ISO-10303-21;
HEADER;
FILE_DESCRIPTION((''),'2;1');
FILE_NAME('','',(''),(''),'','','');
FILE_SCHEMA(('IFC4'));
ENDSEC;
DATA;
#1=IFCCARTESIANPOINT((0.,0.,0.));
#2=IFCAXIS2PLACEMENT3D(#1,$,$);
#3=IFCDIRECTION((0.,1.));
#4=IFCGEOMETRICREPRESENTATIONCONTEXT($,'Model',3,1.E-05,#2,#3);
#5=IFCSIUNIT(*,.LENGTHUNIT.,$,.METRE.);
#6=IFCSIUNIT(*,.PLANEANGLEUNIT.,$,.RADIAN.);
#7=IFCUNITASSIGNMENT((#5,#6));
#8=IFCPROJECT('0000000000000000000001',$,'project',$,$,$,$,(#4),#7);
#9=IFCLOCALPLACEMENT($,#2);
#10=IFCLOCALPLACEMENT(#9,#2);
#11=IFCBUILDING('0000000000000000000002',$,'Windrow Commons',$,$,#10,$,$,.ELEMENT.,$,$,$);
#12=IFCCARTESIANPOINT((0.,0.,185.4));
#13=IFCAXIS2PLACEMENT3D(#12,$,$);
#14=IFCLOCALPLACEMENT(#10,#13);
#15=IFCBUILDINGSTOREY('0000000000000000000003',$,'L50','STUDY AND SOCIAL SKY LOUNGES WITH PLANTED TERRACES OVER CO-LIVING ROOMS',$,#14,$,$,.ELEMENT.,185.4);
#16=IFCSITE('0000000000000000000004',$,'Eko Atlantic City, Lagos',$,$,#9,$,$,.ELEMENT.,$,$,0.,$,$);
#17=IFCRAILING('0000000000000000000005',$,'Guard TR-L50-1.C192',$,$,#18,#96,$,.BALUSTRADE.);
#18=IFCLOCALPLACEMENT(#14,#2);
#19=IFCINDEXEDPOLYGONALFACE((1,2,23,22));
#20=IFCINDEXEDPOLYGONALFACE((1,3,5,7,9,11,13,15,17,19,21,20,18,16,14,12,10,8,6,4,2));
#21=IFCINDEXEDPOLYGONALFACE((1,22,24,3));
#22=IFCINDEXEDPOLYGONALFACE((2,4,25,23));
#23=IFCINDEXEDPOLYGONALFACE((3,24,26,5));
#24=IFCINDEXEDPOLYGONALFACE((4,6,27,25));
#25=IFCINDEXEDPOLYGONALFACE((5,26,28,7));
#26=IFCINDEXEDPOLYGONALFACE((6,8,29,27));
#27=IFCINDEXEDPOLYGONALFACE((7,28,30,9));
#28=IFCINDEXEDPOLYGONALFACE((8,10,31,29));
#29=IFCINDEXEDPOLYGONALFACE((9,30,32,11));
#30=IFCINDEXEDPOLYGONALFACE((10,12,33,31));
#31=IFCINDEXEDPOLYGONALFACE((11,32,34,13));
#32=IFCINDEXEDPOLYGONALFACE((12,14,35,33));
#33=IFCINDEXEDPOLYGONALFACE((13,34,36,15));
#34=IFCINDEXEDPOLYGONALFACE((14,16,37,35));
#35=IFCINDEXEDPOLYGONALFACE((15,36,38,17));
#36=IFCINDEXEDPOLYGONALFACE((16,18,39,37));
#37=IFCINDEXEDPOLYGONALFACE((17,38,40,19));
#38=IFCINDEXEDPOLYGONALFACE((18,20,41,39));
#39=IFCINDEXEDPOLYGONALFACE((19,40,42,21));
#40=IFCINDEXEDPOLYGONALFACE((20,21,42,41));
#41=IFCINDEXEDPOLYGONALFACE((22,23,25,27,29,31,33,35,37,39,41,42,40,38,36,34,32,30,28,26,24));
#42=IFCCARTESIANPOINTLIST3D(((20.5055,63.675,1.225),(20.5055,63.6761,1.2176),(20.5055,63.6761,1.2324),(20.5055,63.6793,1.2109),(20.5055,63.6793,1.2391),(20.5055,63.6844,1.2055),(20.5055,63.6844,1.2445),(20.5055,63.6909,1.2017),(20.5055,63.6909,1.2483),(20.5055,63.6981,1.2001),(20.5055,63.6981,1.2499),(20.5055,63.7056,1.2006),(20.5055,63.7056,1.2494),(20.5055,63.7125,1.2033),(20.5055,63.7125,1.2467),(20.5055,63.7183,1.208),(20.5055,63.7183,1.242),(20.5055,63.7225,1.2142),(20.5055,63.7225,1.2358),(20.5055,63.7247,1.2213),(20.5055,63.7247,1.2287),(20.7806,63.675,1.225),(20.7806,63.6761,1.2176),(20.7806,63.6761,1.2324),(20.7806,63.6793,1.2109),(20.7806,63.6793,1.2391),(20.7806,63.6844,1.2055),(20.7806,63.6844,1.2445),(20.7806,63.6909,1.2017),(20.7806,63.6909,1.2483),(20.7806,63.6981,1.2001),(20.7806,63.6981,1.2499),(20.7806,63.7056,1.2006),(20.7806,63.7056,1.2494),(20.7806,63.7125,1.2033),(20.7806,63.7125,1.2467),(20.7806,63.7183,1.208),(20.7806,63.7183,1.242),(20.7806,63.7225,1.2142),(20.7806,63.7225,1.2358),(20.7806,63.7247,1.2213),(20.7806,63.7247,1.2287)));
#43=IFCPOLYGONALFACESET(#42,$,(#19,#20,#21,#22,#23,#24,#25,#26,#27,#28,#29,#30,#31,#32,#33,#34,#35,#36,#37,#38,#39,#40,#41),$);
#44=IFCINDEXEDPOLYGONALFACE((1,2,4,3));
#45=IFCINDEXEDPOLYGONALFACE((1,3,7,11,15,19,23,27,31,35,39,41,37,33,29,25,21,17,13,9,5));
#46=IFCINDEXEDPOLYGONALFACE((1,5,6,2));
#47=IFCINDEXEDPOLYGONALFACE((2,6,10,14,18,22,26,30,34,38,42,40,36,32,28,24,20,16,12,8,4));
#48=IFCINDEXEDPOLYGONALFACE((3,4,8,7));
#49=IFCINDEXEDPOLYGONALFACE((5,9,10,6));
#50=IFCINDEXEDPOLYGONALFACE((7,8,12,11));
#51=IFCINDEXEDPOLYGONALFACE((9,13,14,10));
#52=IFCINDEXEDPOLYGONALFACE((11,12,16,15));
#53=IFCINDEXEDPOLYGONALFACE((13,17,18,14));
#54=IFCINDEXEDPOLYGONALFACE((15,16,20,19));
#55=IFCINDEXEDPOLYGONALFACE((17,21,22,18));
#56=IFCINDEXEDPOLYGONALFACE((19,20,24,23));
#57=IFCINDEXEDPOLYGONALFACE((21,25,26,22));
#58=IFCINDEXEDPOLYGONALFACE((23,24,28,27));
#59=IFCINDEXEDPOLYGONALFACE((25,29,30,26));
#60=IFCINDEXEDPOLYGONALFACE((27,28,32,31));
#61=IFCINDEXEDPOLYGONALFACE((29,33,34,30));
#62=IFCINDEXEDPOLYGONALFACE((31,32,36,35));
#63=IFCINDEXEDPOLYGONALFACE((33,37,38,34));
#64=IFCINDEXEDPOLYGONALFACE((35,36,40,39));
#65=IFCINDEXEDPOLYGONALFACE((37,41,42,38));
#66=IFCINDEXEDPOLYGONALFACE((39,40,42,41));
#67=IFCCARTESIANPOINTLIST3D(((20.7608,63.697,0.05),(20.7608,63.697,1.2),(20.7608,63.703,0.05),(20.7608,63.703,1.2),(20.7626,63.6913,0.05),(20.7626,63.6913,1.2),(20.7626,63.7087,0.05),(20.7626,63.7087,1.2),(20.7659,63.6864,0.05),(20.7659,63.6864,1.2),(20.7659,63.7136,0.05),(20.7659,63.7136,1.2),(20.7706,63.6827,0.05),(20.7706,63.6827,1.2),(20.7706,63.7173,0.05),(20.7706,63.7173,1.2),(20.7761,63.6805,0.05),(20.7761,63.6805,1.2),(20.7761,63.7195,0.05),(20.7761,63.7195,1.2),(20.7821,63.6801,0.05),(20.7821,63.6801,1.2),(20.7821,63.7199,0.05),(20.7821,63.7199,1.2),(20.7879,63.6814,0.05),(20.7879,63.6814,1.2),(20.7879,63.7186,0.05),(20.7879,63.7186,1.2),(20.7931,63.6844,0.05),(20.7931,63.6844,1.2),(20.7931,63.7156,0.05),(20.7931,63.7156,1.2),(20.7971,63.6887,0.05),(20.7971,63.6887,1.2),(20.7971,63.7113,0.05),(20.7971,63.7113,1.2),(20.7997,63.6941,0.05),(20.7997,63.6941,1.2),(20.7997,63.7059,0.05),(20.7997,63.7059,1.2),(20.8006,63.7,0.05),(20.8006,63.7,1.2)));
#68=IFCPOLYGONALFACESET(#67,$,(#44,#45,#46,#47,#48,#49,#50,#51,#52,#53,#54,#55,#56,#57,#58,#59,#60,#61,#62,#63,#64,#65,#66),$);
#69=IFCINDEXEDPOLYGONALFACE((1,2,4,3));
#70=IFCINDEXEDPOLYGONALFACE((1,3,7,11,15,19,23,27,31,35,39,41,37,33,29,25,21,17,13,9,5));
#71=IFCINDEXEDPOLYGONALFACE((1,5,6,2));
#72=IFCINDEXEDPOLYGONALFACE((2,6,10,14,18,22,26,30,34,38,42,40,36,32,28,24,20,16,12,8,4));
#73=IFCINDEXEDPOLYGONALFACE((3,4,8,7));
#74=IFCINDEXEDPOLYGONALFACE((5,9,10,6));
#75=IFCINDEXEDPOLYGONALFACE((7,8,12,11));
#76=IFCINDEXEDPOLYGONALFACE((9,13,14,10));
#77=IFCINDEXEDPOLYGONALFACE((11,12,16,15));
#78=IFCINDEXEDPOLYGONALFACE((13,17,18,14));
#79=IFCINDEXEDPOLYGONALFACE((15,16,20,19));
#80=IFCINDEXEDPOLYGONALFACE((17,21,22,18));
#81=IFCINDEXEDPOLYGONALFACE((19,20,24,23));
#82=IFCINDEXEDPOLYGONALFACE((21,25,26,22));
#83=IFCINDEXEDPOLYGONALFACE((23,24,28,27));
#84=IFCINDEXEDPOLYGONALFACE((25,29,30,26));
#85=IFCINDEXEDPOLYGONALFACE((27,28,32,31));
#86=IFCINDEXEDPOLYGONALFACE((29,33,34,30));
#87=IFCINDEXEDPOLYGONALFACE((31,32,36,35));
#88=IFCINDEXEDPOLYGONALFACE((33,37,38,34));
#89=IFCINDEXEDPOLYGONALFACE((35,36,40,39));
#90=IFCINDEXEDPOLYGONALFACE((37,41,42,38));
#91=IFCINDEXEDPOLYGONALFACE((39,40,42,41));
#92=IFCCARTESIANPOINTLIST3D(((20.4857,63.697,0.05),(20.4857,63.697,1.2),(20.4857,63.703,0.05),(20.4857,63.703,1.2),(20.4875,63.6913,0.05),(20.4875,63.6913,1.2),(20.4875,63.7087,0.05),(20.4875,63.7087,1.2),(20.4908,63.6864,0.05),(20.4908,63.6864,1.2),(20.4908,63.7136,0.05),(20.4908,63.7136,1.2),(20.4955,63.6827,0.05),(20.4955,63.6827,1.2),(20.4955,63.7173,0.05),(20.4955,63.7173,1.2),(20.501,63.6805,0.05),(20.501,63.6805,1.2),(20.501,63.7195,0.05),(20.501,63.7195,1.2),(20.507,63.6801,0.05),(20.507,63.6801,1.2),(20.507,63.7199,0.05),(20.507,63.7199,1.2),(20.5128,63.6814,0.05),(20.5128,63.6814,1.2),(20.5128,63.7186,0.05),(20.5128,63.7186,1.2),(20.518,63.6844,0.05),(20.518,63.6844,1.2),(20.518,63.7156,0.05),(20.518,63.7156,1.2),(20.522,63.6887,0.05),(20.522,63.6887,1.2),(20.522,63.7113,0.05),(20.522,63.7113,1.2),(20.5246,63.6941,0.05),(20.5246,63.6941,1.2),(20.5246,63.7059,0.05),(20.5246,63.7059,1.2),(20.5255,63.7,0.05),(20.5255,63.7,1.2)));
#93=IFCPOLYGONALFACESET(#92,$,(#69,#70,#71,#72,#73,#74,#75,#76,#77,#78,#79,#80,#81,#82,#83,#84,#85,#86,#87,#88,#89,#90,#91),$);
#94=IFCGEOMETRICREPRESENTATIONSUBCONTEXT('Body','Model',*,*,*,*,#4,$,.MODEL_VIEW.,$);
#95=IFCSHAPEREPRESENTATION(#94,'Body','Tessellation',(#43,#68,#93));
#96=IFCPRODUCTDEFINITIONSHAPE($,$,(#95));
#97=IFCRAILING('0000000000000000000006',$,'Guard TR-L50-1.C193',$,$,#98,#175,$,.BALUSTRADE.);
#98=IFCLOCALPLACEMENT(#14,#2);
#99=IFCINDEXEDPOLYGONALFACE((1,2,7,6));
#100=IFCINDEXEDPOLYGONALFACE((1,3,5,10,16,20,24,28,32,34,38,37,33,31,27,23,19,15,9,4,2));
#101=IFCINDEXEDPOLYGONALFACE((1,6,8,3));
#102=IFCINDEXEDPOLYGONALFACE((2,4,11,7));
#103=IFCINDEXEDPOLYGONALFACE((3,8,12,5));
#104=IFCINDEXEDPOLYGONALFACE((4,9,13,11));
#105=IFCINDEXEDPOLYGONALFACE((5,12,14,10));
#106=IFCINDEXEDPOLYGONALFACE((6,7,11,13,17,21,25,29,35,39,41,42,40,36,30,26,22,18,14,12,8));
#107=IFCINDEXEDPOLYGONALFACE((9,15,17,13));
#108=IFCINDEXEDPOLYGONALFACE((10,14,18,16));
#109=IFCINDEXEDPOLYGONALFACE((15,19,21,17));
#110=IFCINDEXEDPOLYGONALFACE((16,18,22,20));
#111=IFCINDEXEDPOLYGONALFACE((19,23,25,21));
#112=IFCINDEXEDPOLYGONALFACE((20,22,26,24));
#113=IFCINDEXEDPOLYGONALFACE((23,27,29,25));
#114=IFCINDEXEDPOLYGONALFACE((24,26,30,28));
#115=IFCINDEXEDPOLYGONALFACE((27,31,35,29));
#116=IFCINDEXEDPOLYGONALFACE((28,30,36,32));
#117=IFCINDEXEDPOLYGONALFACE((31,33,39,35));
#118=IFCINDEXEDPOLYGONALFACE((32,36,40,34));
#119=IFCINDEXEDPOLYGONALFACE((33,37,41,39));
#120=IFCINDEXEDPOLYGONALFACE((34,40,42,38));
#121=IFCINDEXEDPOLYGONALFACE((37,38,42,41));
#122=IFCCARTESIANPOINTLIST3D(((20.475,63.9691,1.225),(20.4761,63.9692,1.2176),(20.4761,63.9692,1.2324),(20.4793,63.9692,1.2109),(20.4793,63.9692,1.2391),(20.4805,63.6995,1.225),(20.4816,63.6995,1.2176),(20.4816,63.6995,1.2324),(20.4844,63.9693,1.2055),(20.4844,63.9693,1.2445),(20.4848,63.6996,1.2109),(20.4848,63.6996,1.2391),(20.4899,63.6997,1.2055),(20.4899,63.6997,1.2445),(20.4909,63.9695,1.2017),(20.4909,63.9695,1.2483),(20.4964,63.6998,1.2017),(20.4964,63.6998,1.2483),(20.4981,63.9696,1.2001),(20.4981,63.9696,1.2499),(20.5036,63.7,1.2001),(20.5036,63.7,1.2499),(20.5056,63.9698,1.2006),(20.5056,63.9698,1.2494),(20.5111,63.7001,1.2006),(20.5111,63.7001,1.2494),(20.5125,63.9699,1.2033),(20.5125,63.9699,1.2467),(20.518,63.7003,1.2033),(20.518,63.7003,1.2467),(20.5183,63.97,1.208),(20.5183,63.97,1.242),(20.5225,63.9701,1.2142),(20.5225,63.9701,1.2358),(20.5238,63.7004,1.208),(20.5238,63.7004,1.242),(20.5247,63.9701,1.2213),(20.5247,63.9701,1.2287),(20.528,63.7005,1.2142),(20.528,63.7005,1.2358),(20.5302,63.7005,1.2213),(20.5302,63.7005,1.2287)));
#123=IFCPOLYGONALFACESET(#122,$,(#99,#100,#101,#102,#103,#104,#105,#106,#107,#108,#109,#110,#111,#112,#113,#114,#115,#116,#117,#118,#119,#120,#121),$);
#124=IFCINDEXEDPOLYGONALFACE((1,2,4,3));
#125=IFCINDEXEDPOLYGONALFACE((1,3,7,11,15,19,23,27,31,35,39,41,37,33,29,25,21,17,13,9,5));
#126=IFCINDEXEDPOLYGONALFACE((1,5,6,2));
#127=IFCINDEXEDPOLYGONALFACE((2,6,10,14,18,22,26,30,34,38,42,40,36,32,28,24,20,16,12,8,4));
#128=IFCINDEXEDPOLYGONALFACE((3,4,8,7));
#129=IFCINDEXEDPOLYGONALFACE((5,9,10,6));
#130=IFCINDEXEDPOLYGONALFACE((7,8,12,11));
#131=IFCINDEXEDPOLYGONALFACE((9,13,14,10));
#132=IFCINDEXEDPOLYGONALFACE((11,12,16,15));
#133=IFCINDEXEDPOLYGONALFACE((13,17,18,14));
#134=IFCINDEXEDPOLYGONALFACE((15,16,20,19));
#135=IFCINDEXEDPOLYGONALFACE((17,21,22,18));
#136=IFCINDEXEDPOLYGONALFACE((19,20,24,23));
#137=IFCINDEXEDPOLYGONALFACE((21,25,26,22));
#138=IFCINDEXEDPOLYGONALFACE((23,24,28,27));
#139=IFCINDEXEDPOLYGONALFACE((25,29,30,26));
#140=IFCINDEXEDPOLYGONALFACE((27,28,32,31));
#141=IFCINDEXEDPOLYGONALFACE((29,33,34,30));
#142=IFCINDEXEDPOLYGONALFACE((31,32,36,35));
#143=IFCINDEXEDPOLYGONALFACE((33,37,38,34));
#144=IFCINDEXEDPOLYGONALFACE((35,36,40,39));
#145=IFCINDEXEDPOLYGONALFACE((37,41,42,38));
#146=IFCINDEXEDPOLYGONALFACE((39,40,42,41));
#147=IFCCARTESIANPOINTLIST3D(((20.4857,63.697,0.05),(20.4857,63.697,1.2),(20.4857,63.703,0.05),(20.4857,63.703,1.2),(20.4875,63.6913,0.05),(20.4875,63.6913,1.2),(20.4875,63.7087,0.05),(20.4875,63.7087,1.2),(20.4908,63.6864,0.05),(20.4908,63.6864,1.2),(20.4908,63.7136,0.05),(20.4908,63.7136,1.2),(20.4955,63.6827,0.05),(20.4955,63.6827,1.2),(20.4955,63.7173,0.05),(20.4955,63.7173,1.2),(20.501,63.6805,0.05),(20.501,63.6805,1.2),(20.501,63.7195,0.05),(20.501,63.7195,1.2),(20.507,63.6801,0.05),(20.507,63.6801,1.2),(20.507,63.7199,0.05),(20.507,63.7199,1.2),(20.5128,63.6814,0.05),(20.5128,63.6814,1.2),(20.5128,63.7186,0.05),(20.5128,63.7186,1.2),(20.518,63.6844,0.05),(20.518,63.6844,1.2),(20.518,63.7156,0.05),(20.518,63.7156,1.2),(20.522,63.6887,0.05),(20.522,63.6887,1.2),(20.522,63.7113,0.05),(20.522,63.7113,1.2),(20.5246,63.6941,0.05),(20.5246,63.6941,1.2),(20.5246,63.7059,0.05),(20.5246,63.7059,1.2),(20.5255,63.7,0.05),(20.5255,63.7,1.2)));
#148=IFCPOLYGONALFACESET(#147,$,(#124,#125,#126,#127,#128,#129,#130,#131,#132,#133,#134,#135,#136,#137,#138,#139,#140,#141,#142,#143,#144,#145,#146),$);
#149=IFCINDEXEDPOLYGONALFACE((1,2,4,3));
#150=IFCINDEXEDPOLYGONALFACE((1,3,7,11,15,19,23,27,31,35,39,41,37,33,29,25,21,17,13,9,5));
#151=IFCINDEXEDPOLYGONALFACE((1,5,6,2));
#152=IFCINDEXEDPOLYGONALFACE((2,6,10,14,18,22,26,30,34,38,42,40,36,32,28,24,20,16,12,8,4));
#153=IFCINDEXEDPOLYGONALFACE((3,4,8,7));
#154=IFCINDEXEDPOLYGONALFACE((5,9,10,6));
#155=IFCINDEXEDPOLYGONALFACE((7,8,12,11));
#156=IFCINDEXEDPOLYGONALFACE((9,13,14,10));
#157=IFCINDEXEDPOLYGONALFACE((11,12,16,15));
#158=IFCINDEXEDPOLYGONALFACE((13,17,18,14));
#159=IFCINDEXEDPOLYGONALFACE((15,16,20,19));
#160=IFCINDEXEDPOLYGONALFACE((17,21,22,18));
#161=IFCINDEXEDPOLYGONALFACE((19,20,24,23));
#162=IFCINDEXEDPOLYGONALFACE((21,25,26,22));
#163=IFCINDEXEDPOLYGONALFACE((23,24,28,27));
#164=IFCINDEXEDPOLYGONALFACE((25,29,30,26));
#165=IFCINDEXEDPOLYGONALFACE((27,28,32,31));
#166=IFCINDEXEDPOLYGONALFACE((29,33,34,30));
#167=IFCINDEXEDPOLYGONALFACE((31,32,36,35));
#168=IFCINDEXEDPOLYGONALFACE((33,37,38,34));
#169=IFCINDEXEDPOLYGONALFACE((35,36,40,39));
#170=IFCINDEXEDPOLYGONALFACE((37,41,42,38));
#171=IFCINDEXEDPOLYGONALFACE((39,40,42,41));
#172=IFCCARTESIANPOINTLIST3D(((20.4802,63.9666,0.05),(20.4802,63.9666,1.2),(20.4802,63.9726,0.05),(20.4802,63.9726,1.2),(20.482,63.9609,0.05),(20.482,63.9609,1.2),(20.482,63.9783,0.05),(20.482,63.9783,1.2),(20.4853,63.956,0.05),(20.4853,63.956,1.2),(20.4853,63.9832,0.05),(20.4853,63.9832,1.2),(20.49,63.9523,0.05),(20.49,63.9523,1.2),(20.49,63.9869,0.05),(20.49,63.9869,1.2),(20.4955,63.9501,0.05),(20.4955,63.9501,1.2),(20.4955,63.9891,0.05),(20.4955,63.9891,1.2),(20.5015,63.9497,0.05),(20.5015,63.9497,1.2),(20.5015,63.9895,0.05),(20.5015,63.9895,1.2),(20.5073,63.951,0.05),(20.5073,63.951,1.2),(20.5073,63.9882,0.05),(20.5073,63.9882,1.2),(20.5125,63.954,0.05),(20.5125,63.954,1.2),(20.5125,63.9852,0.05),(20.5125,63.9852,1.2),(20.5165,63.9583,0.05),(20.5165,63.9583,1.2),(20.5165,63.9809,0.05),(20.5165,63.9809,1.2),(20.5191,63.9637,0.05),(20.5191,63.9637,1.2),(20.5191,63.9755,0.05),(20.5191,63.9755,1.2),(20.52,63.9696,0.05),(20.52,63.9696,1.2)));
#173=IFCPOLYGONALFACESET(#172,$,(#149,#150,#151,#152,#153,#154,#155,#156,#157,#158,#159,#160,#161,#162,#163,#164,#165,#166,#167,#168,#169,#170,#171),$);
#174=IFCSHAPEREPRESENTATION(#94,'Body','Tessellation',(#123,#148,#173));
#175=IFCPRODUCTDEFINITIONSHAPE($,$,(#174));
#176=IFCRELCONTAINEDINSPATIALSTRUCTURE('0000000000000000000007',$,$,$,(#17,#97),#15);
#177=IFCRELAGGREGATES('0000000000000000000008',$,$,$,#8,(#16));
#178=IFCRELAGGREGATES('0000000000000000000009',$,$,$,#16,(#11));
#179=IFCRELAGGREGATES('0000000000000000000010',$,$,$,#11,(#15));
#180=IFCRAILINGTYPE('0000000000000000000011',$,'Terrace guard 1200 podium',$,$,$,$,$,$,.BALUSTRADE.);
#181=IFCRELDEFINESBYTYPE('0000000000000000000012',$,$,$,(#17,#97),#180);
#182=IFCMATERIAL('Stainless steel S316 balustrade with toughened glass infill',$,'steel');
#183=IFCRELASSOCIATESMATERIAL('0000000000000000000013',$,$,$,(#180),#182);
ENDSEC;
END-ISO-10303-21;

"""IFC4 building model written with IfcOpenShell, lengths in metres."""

from ifc_helpers import new_model, si_unit, direction, frame, origin, origin_2d, place, context, subcontext, project, spatial, circle, extrude, material, type_object, element, save


model = new_model("IFC4")

# Units and contexts
model_context = context("Model", 3, precision=1e-05, world=origin(), true_north=direction((0.0, 1.0)))
body_context = subcontext(model_context, "Body", "Model", "MODEL_VIEW")
ifc_project = project(units=[si_unit("LENGTHUNIT", "METRE"), si_unit("PLANEANGLEUNIT", "RADIAN")], contexts=[model_context])

# Site, building, storey
site_placement = place(None, origin())
site = spatial("IfcSite", under=ifc_project, at=site_placement, Name="Eko Atlantic City, Lagos", CompositionType="ELEMENT", RefElevation=0.0)
building_placement = place(site_placement, origin())
building = spatial("IfcBuilding", under=site, at=building_placement, Name="Windrow Commons", CompositionType="ELEMENT")
storey_placement = place(building_placement, frame((0.0, 0.0, 185.4)))
storey = spatial("IfcBuildingStorey", under=building, at=storey_placement, Name="L50", Description="STUDY AND SOCIAL SKY LOUNGES WITH PLANTED TERRACES OVER CO-LIVING ROOMS", CompositionType="ELEMENT", Elevation=185.4)

# Railings
ifc_material_1 = material(Name="Stainless steel S316 balustrade with toughened glass infill", Category="steel")
railing_type = type_object("IfcRailingType", Name="Terrace guard 1200 podium", PredefinedType="BALUSTRADE", material=ifc_material_1)
railing_1_placement = place(storey_placement, frame((20.7806, 63.7, 0.05)))
element("IfcRailing", 1, at=railing_1_placement, inside=storey, type_object=railing_type, Name="Guard TR-L50-1.C192", PredefinedType="BALUSTRADE", context=body_context, shape_type="SweptSolid", body=[
    extrude(circle(Radius=0.025, at=origin_2d()), frame((0.0, 0.0, 1.175), z_axis=(-1.0, 0.0, 0.0), x_axis=(0.0, -1.0, 0.0)), (0.0, 0.0, 1.0), 0.2751),
    extrude(circle(Radius=0.02, at=origin_2d()), origin(), (0.0, 0.0, 1.0), 1.15),
    extrude(circle(Radius=0.02, at=origin_2d()), frame((-0.2751, 0.0, 0.0)), (0.0, 0.0, 1.0), 1.15),
])
railing_2_placement = place(storey_placement, frame((20.5055, 63.7, 0.05)))
element("IfcRailing", 2, at=railing_2_placement, inside=storey, type_object=railing_type, Name="Guard TR-L50-1.C193", PredefinedType="BALUSTRADE", context=body_context, shape_type="SweptSolid", body=[
    extrude(circle(Radius=0.025, at=origin_2d()), frame((0.0, 0.0, 1.175), z_axis=(-0.020396, 0.999792, 0.0), x_axis=(-0.999792, -0.020396, 0.0)), (0.0, 0.0, 1.0), 0.2697),
    extrude(circle(Radius=0.02, at=origin_2d()), origin(), (0.0, 0.0, 1.0), 1.15),
    extrude(circle(Radius=0.02, at=origin_2d()), frame((-0.0055, 0.2696, 0.0)), (0.0, 0.0, 1.0), 1.15),
])

save(model, "model.ifc")
